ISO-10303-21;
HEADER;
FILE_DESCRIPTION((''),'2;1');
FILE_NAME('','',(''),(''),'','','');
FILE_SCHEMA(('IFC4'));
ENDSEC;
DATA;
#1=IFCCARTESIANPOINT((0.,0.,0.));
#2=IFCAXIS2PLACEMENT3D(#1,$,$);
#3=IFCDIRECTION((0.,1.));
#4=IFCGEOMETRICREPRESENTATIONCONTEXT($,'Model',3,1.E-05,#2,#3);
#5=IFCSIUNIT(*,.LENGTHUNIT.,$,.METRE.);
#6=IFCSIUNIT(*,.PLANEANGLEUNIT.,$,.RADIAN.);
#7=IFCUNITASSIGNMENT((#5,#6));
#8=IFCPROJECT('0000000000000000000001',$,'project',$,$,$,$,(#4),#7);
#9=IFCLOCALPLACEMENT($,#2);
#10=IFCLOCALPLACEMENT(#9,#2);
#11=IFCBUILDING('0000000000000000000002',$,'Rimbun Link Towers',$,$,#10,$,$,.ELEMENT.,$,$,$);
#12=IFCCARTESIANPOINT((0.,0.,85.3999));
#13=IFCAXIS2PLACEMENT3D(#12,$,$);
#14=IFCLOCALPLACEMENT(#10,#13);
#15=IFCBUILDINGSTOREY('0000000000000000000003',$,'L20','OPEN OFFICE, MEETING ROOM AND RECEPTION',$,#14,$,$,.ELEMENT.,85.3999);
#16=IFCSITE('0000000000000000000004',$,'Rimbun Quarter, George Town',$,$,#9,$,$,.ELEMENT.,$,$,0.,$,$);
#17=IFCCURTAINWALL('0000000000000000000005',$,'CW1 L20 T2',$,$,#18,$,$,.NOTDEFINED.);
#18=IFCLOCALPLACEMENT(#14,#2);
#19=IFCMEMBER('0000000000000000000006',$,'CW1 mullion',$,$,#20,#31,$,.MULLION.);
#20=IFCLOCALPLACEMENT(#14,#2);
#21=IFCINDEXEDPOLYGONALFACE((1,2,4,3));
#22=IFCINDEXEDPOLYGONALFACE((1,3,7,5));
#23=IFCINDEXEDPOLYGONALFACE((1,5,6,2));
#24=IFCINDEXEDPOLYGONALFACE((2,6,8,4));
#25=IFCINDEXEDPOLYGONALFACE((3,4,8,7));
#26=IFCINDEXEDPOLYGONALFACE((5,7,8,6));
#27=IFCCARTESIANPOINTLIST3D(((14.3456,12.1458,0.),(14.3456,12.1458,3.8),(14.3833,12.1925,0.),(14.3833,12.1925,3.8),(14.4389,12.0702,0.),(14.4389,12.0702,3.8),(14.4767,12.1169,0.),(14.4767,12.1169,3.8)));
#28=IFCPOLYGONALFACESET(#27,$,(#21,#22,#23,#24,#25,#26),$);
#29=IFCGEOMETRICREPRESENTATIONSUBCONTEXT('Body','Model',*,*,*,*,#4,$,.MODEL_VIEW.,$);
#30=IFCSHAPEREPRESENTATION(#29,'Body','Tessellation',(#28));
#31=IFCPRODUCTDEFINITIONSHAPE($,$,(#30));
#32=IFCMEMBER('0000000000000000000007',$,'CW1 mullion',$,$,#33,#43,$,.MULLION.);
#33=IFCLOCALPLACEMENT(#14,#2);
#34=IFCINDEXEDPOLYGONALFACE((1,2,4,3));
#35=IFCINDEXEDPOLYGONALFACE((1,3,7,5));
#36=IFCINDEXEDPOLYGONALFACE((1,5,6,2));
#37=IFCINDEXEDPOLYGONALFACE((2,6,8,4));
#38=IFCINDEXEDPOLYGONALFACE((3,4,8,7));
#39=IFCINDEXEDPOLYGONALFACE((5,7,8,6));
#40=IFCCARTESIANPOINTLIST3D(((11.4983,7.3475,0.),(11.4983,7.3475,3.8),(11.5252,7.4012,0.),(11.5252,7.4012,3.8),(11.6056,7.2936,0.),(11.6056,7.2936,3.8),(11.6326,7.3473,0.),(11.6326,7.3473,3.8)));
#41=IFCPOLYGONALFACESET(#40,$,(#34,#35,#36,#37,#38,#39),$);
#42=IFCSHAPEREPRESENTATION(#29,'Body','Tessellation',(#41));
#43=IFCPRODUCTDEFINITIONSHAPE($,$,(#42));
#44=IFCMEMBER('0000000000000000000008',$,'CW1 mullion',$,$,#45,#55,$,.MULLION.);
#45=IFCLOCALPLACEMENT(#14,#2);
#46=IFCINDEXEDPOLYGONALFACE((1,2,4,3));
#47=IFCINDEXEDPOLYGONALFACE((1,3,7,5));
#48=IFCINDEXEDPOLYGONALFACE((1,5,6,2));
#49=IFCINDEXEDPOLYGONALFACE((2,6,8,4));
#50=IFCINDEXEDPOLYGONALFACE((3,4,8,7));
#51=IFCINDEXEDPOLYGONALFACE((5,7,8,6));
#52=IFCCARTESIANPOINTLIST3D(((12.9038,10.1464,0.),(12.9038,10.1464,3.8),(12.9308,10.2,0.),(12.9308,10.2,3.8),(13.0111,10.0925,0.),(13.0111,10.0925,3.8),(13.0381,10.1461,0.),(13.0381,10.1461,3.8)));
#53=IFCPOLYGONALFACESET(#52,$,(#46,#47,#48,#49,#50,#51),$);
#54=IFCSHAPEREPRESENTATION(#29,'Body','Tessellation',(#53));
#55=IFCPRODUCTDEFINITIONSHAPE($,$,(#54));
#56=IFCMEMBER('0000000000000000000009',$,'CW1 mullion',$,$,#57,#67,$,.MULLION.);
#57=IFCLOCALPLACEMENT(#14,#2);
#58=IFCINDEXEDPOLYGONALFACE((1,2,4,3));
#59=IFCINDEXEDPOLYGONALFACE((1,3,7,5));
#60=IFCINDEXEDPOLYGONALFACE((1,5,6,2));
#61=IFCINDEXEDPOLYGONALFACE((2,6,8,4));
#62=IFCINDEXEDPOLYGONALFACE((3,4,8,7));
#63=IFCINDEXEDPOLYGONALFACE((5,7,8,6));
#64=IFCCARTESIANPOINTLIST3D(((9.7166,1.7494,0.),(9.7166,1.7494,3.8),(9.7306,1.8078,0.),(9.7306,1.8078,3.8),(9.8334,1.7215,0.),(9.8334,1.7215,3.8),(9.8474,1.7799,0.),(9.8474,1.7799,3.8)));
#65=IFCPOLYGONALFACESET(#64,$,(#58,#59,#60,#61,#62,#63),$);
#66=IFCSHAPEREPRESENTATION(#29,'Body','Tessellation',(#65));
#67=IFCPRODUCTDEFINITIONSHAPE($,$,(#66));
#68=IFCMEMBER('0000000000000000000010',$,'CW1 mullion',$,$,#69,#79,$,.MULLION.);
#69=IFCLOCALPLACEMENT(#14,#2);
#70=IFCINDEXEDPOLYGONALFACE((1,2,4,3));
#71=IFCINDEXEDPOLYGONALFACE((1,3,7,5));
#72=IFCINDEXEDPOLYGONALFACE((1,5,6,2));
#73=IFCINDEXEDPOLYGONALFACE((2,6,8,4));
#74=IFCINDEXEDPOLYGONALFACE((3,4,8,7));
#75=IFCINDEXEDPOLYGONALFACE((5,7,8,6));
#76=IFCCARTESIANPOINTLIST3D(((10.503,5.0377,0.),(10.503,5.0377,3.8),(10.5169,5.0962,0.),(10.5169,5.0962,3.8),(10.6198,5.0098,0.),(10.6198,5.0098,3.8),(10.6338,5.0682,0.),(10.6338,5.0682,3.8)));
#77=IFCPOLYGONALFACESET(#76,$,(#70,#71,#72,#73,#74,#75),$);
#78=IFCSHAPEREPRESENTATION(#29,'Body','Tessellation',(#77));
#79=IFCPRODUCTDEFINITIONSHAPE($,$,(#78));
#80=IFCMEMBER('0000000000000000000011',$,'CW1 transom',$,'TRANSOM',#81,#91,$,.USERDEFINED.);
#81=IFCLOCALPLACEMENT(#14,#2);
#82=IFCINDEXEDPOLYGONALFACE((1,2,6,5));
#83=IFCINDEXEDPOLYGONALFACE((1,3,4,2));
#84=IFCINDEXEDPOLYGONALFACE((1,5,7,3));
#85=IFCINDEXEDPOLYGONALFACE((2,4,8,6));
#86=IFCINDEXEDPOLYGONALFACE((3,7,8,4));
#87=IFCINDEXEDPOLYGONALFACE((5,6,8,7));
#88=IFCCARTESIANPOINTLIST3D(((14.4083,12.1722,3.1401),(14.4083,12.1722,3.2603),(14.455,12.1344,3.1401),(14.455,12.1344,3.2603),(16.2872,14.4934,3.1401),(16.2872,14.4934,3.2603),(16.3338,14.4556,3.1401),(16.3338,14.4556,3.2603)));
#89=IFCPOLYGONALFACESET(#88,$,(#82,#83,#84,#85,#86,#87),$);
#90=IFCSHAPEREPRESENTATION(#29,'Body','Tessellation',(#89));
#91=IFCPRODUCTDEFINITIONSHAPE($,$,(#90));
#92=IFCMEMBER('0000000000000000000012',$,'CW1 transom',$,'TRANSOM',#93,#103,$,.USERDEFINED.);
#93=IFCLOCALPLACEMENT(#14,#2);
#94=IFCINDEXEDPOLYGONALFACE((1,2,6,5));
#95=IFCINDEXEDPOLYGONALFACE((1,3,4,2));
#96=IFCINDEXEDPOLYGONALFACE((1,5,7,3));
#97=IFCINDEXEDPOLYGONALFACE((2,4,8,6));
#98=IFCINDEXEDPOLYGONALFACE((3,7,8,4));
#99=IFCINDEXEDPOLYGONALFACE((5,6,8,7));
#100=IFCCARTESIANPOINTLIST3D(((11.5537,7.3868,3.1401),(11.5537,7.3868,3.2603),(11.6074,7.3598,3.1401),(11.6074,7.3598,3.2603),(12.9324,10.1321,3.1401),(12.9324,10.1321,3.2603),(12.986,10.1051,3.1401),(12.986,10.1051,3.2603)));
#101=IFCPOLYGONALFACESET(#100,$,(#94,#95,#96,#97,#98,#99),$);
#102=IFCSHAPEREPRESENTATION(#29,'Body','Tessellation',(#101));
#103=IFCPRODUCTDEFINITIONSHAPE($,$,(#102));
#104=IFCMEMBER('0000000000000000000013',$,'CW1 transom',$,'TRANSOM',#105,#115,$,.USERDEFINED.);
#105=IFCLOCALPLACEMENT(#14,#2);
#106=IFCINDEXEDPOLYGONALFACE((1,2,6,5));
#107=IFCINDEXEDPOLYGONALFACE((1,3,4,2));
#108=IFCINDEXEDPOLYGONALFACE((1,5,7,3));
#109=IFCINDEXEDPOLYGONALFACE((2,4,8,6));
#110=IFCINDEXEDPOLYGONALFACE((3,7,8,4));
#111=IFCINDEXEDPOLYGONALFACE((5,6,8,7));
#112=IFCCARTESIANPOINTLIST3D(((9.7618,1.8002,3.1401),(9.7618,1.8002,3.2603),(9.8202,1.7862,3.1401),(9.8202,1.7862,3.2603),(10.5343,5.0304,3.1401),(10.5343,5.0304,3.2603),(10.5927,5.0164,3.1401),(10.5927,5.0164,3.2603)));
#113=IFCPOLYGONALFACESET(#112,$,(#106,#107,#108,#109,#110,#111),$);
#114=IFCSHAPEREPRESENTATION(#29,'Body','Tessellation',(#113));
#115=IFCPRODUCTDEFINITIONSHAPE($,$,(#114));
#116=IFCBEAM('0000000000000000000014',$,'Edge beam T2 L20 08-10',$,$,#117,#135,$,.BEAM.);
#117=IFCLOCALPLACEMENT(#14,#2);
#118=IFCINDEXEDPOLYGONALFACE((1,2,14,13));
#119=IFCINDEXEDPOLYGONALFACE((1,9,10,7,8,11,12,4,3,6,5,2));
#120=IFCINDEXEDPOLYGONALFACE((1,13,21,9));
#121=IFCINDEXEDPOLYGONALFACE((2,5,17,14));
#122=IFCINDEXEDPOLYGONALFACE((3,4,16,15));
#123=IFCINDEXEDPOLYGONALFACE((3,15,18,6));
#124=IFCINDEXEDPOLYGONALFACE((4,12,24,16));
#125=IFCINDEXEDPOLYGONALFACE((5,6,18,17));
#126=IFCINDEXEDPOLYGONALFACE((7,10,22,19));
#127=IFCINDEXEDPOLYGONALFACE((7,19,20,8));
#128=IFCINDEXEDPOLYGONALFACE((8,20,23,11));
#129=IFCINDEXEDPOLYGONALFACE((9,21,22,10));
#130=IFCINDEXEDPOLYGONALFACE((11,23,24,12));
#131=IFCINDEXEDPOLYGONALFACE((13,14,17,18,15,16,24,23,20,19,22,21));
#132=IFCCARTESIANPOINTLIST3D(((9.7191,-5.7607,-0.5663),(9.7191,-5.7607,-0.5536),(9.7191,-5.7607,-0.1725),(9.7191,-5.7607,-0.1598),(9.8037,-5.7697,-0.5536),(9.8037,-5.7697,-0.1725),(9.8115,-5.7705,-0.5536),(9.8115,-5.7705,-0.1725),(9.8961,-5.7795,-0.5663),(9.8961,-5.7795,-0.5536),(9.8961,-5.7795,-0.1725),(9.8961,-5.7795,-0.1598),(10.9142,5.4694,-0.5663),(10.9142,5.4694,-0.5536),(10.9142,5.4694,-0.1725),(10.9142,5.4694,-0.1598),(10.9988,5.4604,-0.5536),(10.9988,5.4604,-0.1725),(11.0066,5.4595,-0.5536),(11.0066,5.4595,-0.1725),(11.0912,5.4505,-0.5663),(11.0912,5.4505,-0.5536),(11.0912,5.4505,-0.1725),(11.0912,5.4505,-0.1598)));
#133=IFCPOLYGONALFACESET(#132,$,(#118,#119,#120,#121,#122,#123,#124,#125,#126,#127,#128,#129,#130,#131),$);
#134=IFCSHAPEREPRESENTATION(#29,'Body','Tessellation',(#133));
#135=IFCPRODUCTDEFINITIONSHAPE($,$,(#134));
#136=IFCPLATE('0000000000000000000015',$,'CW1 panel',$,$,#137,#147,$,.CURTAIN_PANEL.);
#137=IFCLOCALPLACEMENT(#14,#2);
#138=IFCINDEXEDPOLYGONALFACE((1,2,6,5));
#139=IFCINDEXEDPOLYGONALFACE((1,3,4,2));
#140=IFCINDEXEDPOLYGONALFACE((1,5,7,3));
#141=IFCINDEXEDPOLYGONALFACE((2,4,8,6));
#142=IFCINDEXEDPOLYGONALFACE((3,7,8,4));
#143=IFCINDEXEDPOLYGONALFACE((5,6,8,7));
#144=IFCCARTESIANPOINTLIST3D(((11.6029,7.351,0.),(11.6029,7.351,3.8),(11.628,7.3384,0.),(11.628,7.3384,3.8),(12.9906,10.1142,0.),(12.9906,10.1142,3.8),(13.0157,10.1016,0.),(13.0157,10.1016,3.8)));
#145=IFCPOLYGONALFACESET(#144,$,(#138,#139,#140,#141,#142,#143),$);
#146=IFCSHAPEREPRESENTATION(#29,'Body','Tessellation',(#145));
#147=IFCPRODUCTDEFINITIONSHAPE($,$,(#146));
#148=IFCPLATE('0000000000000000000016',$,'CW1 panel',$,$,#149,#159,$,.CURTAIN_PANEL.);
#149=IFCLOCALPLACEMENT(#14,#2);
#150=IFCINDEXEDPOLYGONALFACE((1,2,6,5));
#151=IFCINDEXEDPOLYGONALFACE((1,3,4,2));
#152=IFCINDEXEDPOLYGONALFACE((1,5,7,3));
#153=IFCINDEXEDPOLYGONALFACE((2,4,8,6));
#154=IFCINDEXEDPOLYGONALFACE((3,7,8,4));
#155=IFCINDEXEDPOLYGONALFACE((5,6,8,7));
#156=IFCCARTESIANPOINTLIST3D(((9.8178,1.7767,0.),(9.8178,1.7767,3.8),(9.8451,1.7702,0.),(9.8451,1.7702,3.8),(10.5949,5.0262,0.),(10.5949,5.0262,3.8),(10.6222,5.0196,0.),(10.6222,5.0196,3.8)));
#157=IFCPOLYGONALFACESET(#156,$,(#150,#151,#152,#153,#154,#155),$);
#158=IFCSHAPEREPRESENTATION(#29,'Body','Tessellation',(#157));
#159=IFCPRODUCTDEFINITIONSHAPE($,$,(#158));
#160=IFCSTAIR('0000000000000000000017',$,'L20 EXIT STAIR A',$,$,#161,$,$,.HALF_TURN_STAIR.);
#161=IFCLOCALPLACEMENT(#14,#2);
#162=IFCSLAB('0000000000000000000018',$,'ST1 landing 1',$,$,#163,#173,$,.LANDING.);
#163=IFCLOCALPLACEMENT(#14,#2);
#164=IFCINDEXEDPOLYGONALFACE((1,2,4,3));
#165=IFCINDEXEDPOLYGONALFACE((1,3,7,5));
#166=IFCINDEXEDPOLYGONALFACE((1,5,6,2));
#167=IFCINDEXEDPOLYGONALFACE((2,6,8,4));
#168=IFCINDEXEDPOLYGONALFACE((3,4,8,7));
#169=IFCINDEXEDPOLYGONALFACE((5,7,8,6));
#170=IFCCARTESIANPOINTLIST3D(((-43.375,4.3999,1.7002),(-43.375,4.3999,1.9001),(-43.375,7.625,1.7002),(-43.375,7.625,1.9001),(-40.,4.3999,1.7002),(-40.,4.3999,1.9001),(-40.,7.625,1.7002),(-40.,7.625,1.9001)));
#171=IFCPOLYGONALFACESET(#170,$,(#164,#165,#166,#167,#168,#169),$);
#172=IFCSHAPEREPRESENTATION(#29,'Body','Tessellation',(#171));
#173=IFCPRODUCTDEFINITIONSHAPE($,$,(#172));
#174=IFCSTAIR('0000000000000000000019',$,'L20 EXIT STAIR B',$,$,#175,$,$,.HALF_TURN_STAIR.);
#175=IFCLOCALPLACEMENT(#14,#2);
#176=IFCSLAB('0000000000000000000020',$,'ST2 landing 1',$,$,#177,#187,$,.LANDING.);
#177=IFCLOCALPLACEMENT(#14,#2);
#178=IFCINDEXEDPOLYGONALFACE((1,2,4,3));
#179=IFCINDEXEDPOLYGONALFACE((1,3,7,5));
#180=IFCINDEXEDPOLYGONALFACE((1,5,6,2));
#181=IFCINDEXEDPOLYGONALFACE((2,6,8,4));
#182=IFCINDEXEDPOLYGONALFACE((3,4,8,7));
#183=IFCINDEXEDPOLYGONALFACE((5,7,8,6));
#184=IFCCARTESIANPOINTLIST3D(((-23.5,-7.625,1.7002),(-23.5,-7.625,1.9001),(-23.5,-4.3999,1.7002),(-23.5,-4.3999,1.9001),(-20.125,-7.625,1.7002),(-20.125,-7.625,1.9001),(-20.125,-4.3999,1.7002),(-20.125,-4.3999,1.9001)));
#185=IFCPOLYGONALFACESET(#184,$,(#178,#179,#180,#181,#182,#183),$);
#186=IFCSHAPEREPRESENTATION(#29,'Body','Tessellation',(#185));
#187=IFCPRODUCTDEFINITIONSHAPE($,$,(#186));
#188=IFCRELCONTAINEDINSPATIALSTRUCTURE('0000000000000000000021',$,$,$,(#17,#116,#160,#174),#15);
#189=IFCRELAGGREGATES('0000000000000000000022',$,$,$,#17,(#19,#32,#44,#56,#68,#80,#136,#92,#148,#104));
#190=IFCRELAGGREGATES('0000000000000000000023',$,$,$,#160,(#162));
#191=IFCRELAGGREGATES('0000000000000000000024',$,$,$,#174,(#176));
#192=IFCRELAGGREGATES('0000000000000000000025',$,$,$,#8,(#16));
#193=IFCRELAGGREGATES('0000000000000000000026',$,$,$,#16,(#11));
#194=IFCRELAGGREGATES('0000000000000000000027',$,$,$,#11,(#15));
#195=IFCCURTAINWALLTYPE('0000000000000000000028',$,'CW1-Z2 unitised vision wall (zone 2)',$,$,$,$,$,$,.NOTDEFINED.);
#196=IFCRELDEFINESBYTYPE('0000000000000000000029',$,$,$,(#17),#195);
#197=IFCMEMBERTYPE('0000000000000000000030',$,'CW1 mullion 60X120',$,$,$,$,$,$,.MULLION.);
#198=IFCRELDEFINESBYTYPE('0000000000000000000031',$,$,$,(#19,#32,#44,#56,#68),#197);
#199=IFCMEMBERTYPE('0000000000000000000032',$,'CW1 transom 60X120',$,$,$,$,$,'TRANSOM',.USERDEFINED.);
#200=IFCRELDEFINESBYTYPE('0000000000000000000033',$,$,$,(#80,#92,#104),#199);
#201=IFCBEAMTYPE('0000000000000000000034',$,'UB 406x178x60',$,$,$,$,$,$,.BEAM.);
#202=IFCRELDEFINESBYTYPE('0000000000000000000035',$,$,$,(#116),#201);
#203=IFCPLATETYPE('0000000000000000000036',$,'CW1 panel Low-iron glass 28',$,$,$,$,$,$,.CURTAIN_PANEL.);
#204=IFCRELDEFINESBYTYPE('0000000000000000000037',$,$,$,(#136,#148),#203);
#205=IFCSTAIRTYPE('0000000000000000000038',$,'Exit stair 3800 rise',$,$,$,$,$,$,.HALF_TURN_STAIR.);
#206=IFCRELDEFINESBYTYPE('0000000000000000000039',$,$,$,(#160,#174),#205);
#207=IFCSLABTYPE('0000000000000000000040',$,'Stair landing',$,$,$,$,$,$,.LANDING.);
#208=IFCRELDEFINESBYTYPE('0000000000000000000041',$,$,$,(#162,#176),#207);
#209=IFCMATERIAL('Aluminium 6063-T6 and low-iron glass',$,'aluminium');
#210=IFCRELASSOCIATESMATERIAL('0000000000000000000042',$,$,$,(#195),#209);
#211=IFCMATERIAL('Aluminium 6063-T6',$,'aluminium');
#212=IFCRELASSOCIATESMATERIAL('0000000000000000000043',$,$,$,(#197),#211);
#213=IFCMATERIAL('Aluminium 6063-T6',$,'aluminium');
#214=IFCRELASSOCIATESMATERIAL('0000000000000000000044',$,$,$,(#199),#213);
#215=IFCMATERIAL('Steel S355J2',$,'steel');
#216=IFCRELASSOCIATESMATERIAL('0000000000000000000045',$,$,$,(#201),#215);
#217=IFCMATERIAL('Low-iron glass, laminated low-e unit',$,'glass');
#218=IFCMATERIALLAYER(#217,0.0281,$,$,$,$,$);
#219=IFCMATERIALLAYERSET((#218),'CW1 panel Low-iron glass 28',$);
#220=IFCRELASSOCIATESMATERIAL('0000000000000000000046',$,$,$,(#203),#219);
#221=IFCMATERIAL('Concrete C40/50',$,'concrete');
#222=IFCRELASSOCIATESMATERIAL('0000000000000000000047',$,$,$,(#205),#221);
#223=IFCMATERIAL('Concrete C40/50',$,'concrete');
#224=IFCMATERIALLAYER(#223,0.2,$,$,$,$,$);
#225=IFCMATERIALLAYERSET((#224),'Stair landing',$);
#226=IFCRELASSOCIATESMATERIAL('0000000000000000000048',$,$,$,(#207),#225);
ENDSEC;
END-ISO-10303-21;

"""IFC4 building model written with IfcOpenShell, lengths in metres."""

from ifc_helpers import new_model, si_unit, direction, frame, origin, origin_2d, place, context, subcontext, project, spatial, polyline, rectangle, i_section, outline, extrude, material, layer, layer_set, material_profile, profile_set, type_object, element, aggregate, save


model = new_model("IFC4")

# Units and contexts
model_context = context("Model", 3, precision=1e-05, world=origin(), true_north=direction((0.0, 1.0)))
body_context = subcontext(model_context, "Body", "Model", "MODEL_VIEW")
ifc_project = project(units=[si_unit("LENGTHUNIT", "METRE"), si_unit("PLANEANGLEUNIT", "RADIAN")], contexts=[model_context])

# Site, building, storey
site_placement = place(None, origin())
site = spatial("IfcSite", under=ifc_project, at=site_placement, Name="Rimbun Quarter, George Town", CompositionType="ELEMENT", RefElevation=0.0)
building_placement = place(site_placement, origin())
building = spatial("IfcBuilding", under=site, at=building_placement, Name="Rimbun Link Towers", CompositionType="ELEMENT")
storey_placement = place(building_placement, frame((0.0, 0.0, 85.3999)))
storey = spatial("IfcBuildingStorey", under=building, at=storey_placement, Name="L20", Description="OPEN OFFICE, MEETING ROOM AND RECEPTION", CompositionType="ELEMENT", Elevation=85.3999)

# Curtain wall, members
ifc_material_1 = material(Name="Aluminium 6063-T6 and low-iron glass", Category="aluminium")
curtain_wall_type = type_object("IfcCurtainWallType", Name="CW1-Z2 unitised vision wall (zone 2)", PredefinedType="NOTDEFINED", material=ifc_material_1)
curtain_wall_placement = place(storey_placement, origin())
curtain_wall = element("IfcCurtainWall", 1, at=curtain_wall_placement, inside=storey, type_object=curtain_wall_type, Name="CW1 L20 T2", PredefinedType="NOTDEFINED")
ifc_material_2 = material(Name="Aluminium 6063-T6", Category="aluminium")
ifc_material_profile_1 = material_profile(ifc_material_2, rectangle(XDim=0.1201, YDim=0.0601, at=origin_2d()), Name="MULLION 60X120")
ifc_profile_set_1 = profile_set([ifc_material_profile_1], Name="Aluminium 6063-T6")
member_type_1 = type_object("IfcMemberType", Name="CW1 mullion 60X120", PredefinedType="MULLION", material=ifc_profile_set_1)
member_1_placement = place(storey_placement, frame((14.4111, 12.1313, 0.0), z_axis=(0.0, 0.0, 1.0), x_axis=(-0.777276, 0.629159, 0.0)))
member_1 = element("IfcMember", 2, at=member_1_placement, type_object=member_type_1, Name="CW1 mullion", PredefinedType="MULLION", context=body_context, shape_type="SweptSolid", body=[
    extrude(rectangle(XDim=0.1201, YDim=0.0601, at=origin_2d()), origin(), (0.0, 0.0, 1.0), 3.8),
])
member_2_placement = place(storey_placement, frame((11.5654, 7.3474, 0.0), z_axis=(0.0, 0.0, 1.0), x_axis=(-0.893637, 0.44879, 0.0)))
member_2 = element("IfcMember", 3, at=member_2_placement, type_object=member_type_1, Name="CW1 mullion", PredefinedType="MULLION", context=body_context, shape_type="SweptSolid", body=[
    extrude(rectangle(XDim=0.1201, YDim=0.0601, at=origin_2d()), origin(), (0.0, 0.0, 1.0), 3.8),
])
member_3_placement = place(storey_placement, frame((12.9709, 10.1462, 0.0), z_axis=(0.0, 0.0, 1.0), x_axis=(-0.893637, 0.44879, 0.0)))
member_3 = element("IfcMember", 4, at=member_3_placement, type_object=member_type_1, Name="CW1 mullion", PredefinedType="MULLION", context=body_context, shape_type="SweptSolid", body=[
    extrude(rectangle(XDim=0.1201, YDim=0.0601, at=origin_2d()), origin(), (0.0, 0.0, 1.0), 3.8),
])
member_4_placement = place(storey_placement, frame((9.782, 1.7646, 0.0), z_axis=(0.0, 0.0, 1.0), x_axis=(-0.972576, 0.232584, 0.0)))
member_4 = element("IfcMember", 5, at=member_4_placement, type_object=member_type_1, Name="CW1 mullion", PredefinedType="MULLION", context=body_context, shape_type="SweptSolid", body=[
    extrude(rectangle(XDim=0.1201, YDim=0.0601, at=origin_2d()), origin(), (0.0, 0.0, 1.0), 3.8),
])
member_5_placement = place(storey_placement, frame((10.5684, 5.053, 0.0), z_axis=(0.0, 0.0, 1.0), x_axis=(-0.972576, 0.232584, 0.0)))
member_5 = element("IfcMember", 6, at=member_5_placement, type_object=member_type_1, Name="CW1 mullion", PredefinedType="MULLION", context=body_context, shape_type="SweptSolid", body=[
    extrude(rectangle(XDim=0.1201, YDim=0.0601, at=origin_2d()), origin(), (0.0, 0.0, 1.0), 3.8),
])
ifc_material_3 = material(Name="Aluminium 6063-T6", Category="aluminium")
ifc_material_profile_2 = material_profile(ifc_material_3, rectangle(XDim=0.0601, YDim=0.1201, at=origin_2d()), Name="TRANSOM 60X120")
ifc_profile_set_2 = profile_set([ifc_material_profile_2], Name="Aluminium 6063-T6")
member_type_2 = type_object("IfcMemberType", Name="CW1 transom 60X120", ElementType="TRANSOM", PredefinedType="USERDEFINED", material=ifc_profile_set_2)
member_6_placement = place(storey_placement, frame((14.4316, 12.1533, 3.2002), z_axis=(0.629151, 0.777283, 0.0), x_axis=(-0.777283, 0.629151, 0.0)))
member_6 = element("IfcMember", 7, at=member_6_placement, type_object=member_type_2, Name="CW1 transom", ObjectType="TRANSOM", PredefinedType="USERDEFINED", context=body_context, shape_type="SweptSolid", body=[
    extrude(rectangle(XDim=0.0601, YDim=0.1201, at=origin_2d()), origin(), (0.0, 0.0, 1.0), 2.9863),
])
member_7_placement = place(storey_placement, frame((11.5806, 7.3733, 3.2002), z_axis=(0.448771, 0.893647, 0.0), x_axis=(-0.893647, 0.448771, 0.0)))
member_7 = element("IfcMember", 8, at=member_7_placement, type_object=member_type_2, Name="CW1 transom", ObjectType="TRANSOM", PredefinedType="USERDEFINED", context=body_context, shape_type="SweptSolid", body=[
    extrude(rectangle(XDim=0.0601, YDim=0.1201, at=origin_2d()), origin(), (0.0, 0.0, 1.0), 3.072),
])
member_8_placement = place(storey_placement, frame((9.791, 1.7932, 3.2002), z_axis=(0.232578, 0.972578, 0.0), x_axis=(-0.972578, 0.232578, 0.0)))
member_8 = element("IfcMember", 9, at=member_8_placement, type_object=member_type_2, Name="CW1 transom", ObjectType="TRANSOM", PredefinedType="USERDEFINED", context=body_context, shape_type="SweptSolid", body=[
    extrude(rectangle(XDim=0.0601, YDim=0.1201, at=origin_2d()), origin(), (0.0, 0.0, 1.0), 3.3213),
])

# Beam
ifc_material_4 = material(Name="Steel S355J2", Category="steel")
ifc_material_profile_3 = material_profile(ifc_material_4, i_section(OverallWidth=0.178, OverallDepth=0.4065, WebThickness=0.0078, FlangeThickness=0.0127, at=origin_2d()), Name="UB 406x178x60")
ifc_profile_set_3 = profile_set([ifc_material_profile_3], Name="Steel S355J2")
beam_type = type_object("IfcBeamType", Name="UB 406x178x60", PredefinedType="BEAM", material=ifc_profile_set_3)
beam_placement = place(storey_placement, frame((11.0027, 5.46, -0.363), z_axis=(-0.10582, -0.994385, 0.0), x_axis=(0.994385, -0.10582, 0.0)))
element("IfcBeam", 10, at=beam_placement, inside=storey, type_object=beam_type, Name="Edge beam T2 L20 08-10", PredefinedType="BEAM", context=body_context, shape_type="SweptSolid", body=[
    extrude(i_section(OverallWidth=0.178, OverallDepth=0.4065, WebThickness=0.0078, FlangeThickness=0.0127, at=origin_2d()), origin(), (0.0, 0.0, 1.0), 11.2935),
])

# Plates
ifc_material_5 = material(Name="Low-iron glass, laminated low-e unit", Category="glass")
ifc_layer_1 = layer(ifc_material_5, 0.0281)
ifc_layer_set_1 = layer_set([ifc_layer_1], Name="CW1 panel Low-iron glass 28")
plate_type = type_object("IfcPlateType", Name="CW1 panel Low-iron glass 28", PredefinedType="CURTAIN_PANEL", material=ifc_layer_set_1)
plate_1_placement = place(storey_placement, frame((12.3093, 8.7263, 0.0), z_axis=(0.0, 0.0, 1.0), x_axis=(0.44879, 0.893637, 0.0)))
plate_1 = element("IfcPlate", 11, at=plate_1_placement, type_object=plate_type, Name="CW1 panel", PredefinedType="CURTAIN_PANEL", context=body_context, shape_type="SweptSolid", body=[
    extrude(rectangle(XDim=3.092, YDim=0.0281, at=origin_2d()), origin(), (0.0, 0.0, 1.0), 3.8),
])
plate_2_placement = place(storey_placement, frame((10.22, 3.3982, 0.0), z_axis=(0.0, 0.0, 1.0), x_axis=(0.232584, 0.972576, 0.0)))
plate_2 = element("IfcPlate", 12, at=plate_2_placement, type_object=plate_type, Name="CW1 panel", PredefinedType="CURTAIN_PANEL", context=body_context, shape_type="SweptSolid", body=[
    extrude(rectangle(XDim=3.3411, YDim=0.0281, at=origin_2d()), origin(), (0.0, 0.0, 1.0), 3.8),
])
aggregate(curtain_wall, [member_1, member_2, member_3, member_4, member_5, member_6, plate_1, member_7, plate_2, member_8])

# Stairs, slabs
ifc_material_6 = material(Name="Concrete C40/50", Category="concrete")
stair_type = type_object("IfcStairType", Name="Exit stair 3800 rise", PredefinedType="HALF_TURN_STAIR", material=ifc_material_6)
stair_1_placement = place(storey_placement, origin())
stair_1 = element("IfcStair", 13, at=stair_1_placement, inside=storey, type_object=stair_type, Name="L20 EXIT STAIR A", PredefinedType="HALF_TURN_STAIR")
ifc_material_7 = material(Name="Concrete C40/50", Category="concrete")
ifc_layer_2 = layer(ifc_material_7, 0.2)
ifc_layer_set_2 = layer_set([ifc_layer_2], Name="Stair landing")
slab_type = type_object("IfcSlabType", Name="Stair landing", PredefinedType="LANDING", material=ifc_layer_set_2)
slab_1_placement = place(storey_placement, frame((0.0, 0.0, 1.7002)))
slab_1 = element("IfcSlab", 14, at=slab_1_placement, type_object=slab_type, Name="ST1 landing 1", PredefinedType="LANDING", context=body_context, shape_type="SweptSolid", body=[
    extrude(outline(polyline([(-40.0, 7.625), (-43.375, 7.625), (-43.375, 4.3999), (-40.0, 4.3999), (-40.0, 7.625)])), origin(), (0.0, 0.0, 1.0), 0.2),
])
aggregate(stair_1, [slab_1])
stair_2_placement = place(storey_placement, origin())
stair_2 = element("IfcStair", 15, at=stair_2_placement, inside=storey, type_object=stair_type, Name="L20 EXIT STAIR B", PredefinedType="HALF_TURN_STAIR")
slab_2_placement = place(storey_placement, frame((0.0, 0.0, 1.7002)))
slab_2 = element("IfcSlab", 16, at=slab_2_placement, type_object=slab_type, Name="ST2 landing 1", PredefinedType="LANDING", context=body_context, shape_type="SweptSolid", body=[
    extrude(outline(polyline([(-23.5, -7.625), (-20.125, -7.625), (-20.125, -4.3999), (-23.5, -4.3999), (-23.5, -7.625)])), origin(), (0.0, 0.0, 1.0), 0.2),
])
aggregate(stair_2, [slab_2])

save(model, "model.ifc")
